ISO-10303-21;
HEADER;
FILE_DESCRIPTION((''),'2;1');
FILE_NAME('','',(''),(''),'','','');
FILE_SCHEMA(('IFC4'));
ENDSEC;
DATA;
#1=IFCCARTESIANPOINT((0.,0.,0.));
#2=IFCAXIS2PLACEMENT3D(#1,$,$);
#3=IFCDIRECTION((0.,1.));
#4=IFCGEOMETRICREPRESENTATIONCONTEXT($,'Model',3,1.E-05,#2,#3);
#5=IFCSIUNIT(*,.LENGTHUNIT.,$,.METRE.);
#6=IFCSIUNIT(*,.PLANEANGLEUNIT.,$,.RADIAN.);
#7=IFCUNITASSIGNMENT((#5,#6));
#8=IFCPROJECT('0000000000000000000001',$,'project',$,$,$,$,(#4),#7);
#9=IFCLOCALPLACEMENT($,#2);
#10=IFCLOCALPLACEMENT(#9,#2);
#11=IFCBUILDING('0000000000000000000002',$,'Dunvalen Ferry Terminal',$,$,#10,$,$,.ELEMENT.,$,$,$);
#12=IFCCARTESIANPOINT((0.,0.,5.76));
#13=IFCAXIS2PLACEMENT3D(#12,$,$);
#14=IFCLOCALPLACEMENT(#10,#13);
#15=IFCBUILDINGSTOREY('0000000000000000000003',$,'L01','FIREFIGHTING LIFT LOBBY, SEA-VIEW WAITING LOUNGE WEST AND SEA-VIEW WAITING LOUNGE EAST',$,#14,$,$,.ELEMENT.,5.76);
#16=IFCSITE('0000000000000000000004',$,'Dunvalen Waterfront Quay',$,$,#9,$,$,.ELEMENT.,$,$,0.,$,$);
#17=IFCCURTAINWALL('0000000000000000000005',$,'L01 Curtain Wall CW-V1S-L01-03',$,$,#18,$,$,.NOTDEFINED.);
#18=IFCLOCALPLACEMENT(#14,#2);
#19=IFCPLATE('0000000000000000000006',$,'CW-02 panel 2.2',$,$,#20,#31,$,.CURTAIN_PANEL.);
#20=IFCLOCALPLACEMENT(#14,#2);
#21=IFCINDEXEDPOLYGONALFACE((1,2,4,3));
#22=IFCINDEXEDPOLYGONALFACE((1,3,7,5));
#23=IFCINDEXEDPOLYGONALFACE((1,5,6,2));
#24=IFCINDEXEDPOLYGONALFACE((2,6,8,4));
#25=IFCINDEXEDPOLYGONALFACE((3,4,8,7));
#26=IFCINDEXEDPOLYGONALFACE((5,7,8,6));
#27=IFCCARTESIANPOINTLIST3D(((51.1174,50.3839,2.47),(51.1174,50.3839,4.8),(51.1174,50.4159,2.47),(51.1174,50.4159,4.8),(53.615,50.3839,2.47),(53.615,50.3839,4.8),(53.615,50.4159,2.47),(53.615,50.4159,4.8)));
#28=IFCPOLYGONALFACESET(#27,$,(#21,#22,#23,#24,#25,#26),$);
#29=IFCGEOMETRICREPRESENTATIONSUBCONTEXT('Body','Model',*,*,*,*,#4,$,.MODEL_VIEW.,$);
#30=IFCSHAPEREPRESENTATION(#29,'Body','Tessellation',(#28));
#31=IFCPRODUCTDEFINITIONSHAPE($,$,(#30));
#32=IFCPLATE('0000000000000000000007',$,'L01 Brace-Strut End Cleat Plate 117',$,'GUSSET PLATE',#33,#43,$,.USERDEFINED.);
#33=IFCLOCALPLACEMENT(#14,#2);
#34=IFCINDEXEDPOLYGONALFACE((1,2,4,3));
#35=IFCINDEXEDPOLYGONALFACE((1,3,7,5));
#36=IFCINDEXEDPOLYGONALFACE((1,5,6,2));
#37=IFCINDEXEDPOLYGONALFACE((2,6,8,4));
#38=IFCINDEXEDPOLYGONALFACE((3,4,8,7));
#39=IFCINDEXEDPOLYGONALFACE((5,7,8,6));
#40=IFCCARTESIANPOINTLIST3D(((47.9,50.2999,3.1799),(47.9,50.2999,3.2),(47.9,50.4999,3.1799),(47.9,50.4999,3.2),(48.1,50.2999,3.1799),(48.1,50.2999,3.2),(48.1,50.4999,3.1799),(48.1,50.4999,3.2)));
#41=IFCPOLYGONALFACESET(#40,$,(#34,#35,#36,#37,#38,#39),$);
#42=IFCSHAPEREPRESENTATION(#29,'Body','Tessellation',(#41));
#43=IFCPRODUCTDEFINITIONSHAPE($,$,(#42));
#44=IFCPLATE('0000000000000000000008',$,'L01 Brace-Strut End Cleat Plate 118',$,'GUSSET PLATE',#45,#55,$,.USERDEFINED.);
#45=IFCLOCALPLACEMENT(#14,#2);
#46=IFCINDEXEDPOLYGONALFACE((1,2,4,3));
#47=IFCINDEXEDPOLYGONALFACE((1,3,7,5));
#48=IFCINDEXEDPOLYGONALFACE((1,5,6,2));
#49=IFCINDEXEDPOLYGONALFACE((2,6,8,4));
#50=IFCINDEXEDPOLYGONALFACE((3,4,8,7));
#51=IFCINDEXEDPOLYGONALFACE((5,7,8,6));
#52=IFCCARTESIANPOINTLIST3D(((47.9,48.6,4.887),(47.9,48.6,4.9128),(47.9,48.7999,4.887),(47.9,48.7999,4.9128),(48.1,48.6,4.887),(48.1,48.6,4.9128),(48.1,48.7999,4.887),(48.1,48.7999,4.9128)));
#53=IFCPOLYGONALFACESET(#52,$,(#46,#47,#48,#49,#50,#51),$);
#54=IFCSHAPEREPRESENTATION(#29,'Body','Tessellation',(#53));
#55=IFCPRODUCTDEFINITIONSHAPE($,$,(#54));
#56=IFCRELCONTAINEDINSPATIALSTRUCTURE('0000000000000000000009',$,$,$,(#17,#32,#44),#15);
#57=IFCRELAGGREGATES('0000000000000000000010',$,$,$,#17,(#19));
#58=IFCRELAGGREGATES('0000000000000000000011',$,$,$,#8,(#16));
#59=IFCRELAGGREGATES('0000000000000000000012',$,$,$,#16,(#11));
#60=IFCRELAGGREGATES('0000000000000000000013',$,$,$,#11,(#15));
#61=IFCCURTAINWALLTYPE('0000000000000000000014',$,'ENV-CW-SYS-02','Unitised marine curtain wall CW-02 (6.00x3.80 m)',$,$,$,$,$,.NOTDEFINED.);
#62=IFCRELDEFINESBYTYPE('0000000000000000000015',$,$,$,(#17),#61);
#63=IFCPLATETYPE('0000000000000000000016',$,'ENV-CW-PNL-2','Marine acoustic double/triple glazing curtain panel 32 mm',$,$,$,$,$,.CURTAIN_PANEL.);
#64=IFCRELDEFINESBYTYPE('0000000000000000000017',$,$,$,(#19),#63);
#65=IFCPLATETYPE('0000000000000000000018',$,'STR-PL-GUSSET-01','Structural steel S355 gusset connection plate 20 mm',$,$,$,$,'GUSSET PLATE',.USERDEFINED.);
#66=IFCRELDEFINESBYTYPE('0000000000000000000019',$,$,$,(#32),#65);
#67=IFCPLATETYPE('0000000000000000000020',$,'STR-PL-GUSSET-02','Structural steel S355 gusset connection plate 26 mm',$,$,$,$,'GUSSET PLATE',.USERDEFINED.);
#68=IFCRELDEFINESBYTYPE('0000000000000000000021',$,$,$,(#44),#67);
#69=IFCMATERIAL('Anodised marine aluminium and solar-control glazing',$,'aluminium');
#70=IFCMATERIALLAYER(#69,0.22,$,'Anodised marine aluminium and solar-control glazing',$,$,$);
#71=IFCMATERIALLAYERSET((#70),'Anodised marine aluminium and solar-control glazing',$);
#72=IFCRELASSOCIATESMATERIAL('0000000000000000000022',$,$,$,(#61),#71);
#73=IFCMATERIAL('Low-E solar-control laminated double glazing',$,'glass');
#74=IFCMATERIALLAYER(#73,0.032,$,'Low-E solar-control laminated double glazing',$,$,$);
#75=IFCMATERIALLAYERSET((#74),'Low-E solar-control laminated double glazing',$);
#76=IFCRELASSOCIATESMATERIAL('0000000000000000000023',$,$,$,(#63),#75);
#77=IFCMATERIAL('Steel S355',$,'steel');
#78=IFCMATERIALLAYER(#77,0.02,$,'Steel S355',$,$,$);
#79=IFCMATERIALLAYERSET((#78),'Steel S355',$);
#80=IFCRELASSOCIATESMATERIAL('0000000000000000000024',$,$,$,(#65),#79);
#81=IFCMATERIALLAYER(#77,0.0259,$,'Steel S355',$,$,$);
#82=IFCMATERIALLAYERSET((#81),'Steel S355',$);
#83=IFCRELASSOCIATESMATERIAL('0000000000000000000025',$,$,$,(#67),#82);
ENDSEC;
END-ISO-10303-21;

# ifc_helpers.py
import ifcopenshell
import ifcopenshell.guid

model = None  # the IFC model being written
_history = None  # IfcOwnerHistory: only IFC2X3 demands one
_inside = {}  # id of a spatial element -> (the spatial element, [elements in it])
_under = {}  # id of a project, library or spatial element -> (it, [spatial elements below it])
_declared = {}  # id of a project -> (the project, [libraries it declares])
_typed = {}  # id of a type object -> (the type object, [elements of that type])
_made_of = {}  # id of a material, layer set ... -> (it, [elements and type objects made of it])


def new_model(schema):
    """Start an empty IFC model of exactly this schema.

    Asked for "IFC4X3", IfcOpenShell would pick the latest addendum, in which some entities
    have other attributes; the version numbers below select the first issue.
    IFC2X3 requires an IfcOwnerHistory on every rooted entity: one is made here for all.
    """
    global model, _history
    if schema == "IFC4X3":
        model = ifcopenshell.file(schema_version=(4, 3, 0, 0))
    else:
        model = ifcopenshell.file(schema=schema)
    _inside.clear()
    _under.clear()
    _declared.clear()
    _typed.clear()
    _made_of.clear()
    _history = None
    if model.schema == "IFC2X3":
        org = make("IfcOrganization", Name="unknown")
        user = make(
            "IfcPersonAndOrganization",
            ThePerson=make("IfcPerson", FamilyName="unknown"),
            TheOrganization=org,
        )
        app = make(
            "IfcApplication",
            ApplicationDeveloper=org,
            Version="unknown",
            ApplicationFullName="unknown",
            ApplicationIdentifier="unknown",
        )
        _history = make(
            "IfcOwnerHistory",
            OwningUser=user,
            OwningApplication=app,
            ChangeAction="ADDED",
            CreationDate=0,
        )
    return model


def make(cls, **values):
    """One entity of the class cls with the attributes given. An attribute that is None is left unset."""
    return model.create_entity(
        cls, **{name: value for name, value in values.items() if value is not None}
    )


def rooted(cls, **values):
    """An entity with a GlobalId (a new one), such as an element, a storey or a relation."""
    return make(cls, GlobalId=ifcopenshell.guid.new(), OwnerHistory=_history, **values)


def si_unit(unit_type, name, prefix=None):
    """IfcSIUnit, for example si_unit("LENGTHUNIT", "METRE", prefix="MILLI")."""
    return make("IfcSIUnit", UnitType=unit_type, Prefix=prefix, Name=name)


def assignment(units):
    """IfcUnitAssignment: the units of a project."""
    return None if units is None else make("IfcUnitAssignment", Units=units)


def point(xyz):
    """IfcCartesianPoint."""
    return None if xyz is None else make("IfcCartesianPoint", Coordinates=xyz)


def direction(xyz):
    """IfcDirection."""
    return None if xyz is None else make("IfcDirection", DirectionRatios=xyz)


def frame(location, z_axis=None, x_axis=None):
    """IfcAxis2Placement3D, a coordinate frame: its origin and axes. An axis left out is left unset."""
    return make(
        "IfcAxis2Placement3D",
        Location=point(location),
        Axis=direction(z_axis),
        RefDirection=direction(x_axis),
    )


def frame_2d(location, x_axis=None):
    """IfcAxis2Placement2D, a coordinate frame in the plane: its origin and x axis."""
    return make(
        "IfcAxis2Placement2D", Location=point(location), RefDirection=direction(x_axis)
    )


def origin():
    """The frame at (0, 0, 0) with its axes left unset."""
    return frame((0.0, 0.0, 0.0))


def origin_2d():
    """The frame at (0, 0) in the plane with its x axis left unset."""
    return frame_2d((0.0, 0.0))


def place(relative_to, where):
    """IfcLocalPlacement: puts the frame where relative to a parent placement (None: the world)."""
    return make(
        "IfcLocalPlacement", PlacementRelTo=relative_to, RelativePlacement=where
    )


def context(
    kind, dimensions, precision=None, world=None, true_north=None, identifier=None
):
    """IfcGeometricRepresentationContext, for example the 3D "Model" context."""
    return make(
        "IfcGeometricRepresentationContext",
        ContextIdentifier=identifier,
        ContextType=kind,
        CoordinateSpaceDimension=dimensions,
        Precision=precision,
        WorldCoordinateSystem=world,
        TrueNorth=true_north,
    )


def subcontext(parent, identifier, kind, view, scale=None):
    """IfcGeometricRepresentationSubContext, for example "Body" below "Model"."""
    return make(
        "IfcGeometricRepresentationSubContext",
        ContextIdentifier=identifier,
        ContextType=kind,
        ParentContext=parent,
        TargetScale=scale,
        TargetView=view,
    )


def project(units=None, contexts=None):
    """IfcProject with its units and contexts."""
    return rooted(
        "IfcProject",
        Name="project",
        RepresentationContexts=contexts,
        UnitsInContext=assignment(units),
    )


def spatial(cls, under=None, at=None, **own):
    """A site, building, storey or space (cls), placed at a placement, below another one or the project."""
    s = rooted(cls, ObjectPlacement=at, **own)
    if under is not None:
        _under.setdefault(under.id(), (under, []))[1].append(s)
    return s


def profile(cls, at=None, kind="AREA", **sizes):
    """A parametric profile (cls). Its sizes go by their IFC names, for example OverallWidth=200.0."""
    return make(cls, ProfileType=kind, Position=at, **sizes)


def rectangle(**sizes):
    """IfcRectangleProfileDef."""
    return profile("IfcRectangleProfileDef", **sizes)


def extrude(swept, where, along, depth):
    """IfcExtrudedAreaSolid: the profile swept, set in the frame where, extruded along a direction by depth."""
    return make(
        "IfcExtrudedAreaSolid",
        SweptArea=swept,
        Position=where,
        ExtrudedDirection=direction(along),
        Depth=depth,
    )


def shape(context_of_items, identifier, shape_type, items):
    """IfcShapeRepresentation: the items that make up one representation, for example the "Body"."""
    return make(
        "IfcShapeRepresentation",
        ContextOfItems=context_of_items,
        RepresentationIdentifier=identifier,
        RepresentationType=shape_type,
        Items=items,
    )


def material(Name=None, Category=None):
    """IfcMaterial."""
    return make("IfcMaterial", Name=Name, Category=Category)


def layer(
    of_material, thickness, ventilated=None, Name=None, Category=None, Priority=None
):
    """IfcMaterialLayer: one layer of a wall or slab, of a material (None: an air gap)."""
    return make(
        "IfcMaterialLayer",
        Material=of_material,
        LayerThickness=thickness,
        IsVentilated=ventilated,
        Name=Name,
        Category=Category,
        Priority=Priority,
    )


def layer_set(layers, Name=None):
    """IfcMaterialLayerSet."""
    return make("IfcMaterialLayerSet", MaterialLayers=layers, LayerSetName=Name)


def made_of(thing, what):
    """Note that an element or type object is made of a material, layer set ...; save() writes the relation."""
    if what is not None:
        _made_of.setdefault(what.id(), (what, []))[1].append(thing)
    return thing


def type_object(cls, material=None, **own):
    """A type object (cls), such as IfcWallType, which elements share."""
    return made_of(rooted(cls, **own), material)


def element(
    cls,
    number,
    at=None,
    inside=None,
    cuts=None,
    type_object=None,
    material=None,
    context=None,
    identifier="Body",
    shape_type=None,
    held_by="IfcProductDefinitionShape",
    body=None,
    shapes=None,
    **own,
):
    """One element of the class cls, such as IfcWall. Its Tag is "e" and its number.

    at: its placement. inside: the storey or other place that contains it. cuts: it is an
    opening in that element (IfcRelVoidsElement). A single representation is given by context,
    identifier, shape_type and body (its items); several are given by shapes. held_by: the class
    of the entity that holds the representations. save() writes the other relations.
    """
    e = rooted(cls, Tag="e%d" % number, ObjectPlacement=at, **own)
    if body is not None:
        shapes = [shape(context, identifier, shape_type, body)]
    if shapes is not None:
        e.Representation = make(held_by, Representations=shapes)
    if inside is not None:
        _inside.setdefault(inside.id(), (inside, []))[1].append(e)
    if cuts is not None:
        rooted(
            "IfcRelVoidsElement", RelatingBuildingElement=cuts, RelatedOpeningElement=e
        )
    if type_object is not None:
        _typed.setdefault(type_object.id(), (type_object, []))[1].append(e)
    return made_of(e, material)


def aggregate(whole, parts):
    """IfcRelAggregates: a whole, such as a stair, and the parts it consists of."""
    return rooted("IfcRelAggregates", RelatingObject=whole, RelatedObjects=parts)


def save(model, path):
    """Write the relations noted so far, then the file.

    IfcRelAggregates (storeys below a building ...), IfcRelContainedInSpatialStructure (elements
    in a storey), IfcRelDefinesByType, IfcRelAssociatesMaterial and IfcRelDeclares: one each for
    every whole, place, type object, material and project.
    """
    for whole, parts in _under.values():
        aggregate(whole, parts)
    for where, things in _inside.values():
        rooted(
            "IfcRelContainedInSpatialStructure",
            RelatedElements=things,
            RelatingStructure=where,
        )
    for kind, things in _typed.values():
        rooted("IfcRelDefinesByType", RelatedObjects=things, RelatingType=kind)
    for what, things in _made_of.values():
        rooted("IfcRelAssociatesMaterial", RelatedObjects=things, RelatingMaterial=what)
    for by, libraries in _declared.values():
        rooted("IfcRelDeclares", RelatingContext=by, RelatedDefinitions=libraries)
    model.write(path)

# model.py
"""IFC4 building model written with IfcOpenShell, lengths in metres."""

from ifc_helpers import new_model, si_unit, direction, frame, origin, origin_2d, place, context, subcontext, project, spatial, rectangle, extrude, material, layer, layer_set, type_object, element, aggregate, save


model = new_model("IFC4")

# Units and contexts
model_context = context("Model", 3, precision=1e-05, world=origin(), true_north=direction((0.0, 1.0)))
body_context = subcontext(model_context, "Body", "Model", "MODEL_VIEW")
ifc_project = project(units=[si_unit("LENGTHUNIT", "METRE"), si_unit("PLANEANGLEUNIT", "RADIAN")], contexts=[model_context])

# Site, building, storey
site_placement = place(None, origin())
site = spatial("IfcSite", under=ifc_project, at=site_placement, Name="Dunvalen Waterfront Quay", CompositionType="ELEMENT", RefElevation=0.0)
building_placement = place(site_placement, origin())
building = spatial("IfcBuilding", under=site, at=building_placement, Name="Dunvalen Ferry Terminal", CompositionType="ELEMENT")
storey_placement = place(building_placement, frame((0.0, 0.0, 5.76)))
storey = spatial("IfcBuildingStorey", under=building, at=storey_placement, Name="L01", Description="FIREFIGHTING LIFT LOBBY, SEA-VIEW WAITING LOUNGE WEST AND SEA-VIEW WAITING LOUNGE EAST", CompositionType="ELEMENT", Elevation=5.76)

# Curtain wall
ifc_material_1 = material(Name="Anodised marine aluminium and solar-control glazing", Category="aluminium")
ifc_layer_1 = layer(ifc_material_1, 0.22, Name="Anodised marine aluminium and solar-control glazing")
ifc_layer_set_1 = layer_set([ifc_layer_1], Name="Anodised marine aluminium and solar-control glazing")
curtain_wall_type_1 = type_object("IfcCurtainWallType", Name="ENV-CW-SYS-02", Description="Unitised marine curtain wall CW-02 (6.00x3.80 m)", PredefinedType="NOTDEFINED", material=ifc_layer_set_1)
curtain_wall_1_placement = place(storey_placement, origin())
curtain_wall_1 = element("IfcCurtainWall", 1, at=curtain_wall_1_placement, inside=storey, type_object=curtain_wall_type_1, Name="L01 Curtain Wall CW-V1S-L01-03", PredefinedType="NOTDEFINED")

# Shared definitions
ifc_material_2 = material(Name="Steel S355", Category="steel")

# Plate
ifc_material_3 = material(Name="Low-E solar-control laminated double glazing", Category="glass")
ifc_layer_2 = layer(ifc_material_3, 0.032, Name="Low-E solar-control laminated double glazing")
ifc_layer_set_2 = layer_set([ifc_layer_2], Name="Low-E solar-control laminated double glazing")
plate_type_1 = type_object("IfcPlateType", Name="ENV-CW-PNL-2", Description="Marine acoustic double/triple glazing curtain panel 32 mm", PredefinedType="CURTAIN_PANEL", material=ifc_layer_set_2)
plate_1_placement = place(storey_placement, frame((52.3662, 50.3999, 2.47), z_axis=(0.0, 0.0, 1.0), x_axis=(1.0, 0.0, 0.0)))
plate_1 = element("IfcPlate", 2, at=plate_1_placement, type_object=plate_type_1, Name="CW-02 panel 2.2", PredefinedType="CURTAIN_PANEL", context=body_context, shape_type="SweptSolid", body=[
    extrude(rectangle(XDim=2.4976, YDim=0.032, at=origin_2d()), origin(), (0.0, 0.0, 1.0), 2.3301),
])
aggregate(curtain_wall_1, [plate_1])

# Plates
ifc_layer_3 = layer(ifc_material_2, 0.02, Name="Steel S355")
ifc_layer_set_3 = layer_set([ifc_layer_3], Name="Steel S355")
plate_type_2 = type_object("IfcPlateType", Name="STR-PL-GUSSET-01", Description="Structural steel S355 gusset connection plate 20 mm", ElementType="GUSSET PLATE", PredefinedType="USERDEFINED", material=ifc_layer_set_3)
plate_2_placement = place(storey_placement, frame((48.0, 50.3999, 3.1799), z_axis=(0.0, 0.0, 1.0), x_axis=(1.0, 0.0, 0.0)))
element("IfcPlate", 3, at=plate_2_placement, inside=storey, type_object=plate_type_2, Name="L01 Brace-Strut End Cleat Plate 117", ObjectType="GUSSET PLATE", PredefinedType="USERDEFINED", context=body_context, shape_type="SweptSolid", body=[
    extrude(rectangle(XDim=0.2, YDim=0.2, at=origin_2d()), origin(), (0.0, 0.0, 1.0), 0.02),
])
ifc_layer_4 = layer(ifc_material_2, 0.0259, Name="Steel S355")
ifc_layer_set_4 = layer_set([ifc_layer_4], Name="Steel S355")
plate_type_3 = type_object("IfcPlateType", Name="STR-PL-GUSSET-02", Description="Structural steel S355 gusset connection plate 26 mm", ElementType="GUSSET PLATE", PredefinedType="USERDEFINED", material=ifc_layer_set_4)
plate_3_placement = place(storey_placement, frame((48.0, 48.7, 4.887), z_axis=(0.0, 0.0, 1.0), x_axis=(1.0, 0.0, 0.0)))
element("IfcPlate", 4, at=plate_3_placement, inside=storey, type_object=plate_type_3, Name="L01 Brace-Strut End Cleat Plate 118", ObjectType="GUSSET PLATE", PredefinedType="USERDEFINED", context=body_context, shape_type="SweptSolid", body=[
    extrude(rectangle(XDim=0.2, YDim=0.2, at=origin_2d()), origin(), (0.0, 0.0, 1.0), 0.0259),
])

save(model, "model.ifc")
